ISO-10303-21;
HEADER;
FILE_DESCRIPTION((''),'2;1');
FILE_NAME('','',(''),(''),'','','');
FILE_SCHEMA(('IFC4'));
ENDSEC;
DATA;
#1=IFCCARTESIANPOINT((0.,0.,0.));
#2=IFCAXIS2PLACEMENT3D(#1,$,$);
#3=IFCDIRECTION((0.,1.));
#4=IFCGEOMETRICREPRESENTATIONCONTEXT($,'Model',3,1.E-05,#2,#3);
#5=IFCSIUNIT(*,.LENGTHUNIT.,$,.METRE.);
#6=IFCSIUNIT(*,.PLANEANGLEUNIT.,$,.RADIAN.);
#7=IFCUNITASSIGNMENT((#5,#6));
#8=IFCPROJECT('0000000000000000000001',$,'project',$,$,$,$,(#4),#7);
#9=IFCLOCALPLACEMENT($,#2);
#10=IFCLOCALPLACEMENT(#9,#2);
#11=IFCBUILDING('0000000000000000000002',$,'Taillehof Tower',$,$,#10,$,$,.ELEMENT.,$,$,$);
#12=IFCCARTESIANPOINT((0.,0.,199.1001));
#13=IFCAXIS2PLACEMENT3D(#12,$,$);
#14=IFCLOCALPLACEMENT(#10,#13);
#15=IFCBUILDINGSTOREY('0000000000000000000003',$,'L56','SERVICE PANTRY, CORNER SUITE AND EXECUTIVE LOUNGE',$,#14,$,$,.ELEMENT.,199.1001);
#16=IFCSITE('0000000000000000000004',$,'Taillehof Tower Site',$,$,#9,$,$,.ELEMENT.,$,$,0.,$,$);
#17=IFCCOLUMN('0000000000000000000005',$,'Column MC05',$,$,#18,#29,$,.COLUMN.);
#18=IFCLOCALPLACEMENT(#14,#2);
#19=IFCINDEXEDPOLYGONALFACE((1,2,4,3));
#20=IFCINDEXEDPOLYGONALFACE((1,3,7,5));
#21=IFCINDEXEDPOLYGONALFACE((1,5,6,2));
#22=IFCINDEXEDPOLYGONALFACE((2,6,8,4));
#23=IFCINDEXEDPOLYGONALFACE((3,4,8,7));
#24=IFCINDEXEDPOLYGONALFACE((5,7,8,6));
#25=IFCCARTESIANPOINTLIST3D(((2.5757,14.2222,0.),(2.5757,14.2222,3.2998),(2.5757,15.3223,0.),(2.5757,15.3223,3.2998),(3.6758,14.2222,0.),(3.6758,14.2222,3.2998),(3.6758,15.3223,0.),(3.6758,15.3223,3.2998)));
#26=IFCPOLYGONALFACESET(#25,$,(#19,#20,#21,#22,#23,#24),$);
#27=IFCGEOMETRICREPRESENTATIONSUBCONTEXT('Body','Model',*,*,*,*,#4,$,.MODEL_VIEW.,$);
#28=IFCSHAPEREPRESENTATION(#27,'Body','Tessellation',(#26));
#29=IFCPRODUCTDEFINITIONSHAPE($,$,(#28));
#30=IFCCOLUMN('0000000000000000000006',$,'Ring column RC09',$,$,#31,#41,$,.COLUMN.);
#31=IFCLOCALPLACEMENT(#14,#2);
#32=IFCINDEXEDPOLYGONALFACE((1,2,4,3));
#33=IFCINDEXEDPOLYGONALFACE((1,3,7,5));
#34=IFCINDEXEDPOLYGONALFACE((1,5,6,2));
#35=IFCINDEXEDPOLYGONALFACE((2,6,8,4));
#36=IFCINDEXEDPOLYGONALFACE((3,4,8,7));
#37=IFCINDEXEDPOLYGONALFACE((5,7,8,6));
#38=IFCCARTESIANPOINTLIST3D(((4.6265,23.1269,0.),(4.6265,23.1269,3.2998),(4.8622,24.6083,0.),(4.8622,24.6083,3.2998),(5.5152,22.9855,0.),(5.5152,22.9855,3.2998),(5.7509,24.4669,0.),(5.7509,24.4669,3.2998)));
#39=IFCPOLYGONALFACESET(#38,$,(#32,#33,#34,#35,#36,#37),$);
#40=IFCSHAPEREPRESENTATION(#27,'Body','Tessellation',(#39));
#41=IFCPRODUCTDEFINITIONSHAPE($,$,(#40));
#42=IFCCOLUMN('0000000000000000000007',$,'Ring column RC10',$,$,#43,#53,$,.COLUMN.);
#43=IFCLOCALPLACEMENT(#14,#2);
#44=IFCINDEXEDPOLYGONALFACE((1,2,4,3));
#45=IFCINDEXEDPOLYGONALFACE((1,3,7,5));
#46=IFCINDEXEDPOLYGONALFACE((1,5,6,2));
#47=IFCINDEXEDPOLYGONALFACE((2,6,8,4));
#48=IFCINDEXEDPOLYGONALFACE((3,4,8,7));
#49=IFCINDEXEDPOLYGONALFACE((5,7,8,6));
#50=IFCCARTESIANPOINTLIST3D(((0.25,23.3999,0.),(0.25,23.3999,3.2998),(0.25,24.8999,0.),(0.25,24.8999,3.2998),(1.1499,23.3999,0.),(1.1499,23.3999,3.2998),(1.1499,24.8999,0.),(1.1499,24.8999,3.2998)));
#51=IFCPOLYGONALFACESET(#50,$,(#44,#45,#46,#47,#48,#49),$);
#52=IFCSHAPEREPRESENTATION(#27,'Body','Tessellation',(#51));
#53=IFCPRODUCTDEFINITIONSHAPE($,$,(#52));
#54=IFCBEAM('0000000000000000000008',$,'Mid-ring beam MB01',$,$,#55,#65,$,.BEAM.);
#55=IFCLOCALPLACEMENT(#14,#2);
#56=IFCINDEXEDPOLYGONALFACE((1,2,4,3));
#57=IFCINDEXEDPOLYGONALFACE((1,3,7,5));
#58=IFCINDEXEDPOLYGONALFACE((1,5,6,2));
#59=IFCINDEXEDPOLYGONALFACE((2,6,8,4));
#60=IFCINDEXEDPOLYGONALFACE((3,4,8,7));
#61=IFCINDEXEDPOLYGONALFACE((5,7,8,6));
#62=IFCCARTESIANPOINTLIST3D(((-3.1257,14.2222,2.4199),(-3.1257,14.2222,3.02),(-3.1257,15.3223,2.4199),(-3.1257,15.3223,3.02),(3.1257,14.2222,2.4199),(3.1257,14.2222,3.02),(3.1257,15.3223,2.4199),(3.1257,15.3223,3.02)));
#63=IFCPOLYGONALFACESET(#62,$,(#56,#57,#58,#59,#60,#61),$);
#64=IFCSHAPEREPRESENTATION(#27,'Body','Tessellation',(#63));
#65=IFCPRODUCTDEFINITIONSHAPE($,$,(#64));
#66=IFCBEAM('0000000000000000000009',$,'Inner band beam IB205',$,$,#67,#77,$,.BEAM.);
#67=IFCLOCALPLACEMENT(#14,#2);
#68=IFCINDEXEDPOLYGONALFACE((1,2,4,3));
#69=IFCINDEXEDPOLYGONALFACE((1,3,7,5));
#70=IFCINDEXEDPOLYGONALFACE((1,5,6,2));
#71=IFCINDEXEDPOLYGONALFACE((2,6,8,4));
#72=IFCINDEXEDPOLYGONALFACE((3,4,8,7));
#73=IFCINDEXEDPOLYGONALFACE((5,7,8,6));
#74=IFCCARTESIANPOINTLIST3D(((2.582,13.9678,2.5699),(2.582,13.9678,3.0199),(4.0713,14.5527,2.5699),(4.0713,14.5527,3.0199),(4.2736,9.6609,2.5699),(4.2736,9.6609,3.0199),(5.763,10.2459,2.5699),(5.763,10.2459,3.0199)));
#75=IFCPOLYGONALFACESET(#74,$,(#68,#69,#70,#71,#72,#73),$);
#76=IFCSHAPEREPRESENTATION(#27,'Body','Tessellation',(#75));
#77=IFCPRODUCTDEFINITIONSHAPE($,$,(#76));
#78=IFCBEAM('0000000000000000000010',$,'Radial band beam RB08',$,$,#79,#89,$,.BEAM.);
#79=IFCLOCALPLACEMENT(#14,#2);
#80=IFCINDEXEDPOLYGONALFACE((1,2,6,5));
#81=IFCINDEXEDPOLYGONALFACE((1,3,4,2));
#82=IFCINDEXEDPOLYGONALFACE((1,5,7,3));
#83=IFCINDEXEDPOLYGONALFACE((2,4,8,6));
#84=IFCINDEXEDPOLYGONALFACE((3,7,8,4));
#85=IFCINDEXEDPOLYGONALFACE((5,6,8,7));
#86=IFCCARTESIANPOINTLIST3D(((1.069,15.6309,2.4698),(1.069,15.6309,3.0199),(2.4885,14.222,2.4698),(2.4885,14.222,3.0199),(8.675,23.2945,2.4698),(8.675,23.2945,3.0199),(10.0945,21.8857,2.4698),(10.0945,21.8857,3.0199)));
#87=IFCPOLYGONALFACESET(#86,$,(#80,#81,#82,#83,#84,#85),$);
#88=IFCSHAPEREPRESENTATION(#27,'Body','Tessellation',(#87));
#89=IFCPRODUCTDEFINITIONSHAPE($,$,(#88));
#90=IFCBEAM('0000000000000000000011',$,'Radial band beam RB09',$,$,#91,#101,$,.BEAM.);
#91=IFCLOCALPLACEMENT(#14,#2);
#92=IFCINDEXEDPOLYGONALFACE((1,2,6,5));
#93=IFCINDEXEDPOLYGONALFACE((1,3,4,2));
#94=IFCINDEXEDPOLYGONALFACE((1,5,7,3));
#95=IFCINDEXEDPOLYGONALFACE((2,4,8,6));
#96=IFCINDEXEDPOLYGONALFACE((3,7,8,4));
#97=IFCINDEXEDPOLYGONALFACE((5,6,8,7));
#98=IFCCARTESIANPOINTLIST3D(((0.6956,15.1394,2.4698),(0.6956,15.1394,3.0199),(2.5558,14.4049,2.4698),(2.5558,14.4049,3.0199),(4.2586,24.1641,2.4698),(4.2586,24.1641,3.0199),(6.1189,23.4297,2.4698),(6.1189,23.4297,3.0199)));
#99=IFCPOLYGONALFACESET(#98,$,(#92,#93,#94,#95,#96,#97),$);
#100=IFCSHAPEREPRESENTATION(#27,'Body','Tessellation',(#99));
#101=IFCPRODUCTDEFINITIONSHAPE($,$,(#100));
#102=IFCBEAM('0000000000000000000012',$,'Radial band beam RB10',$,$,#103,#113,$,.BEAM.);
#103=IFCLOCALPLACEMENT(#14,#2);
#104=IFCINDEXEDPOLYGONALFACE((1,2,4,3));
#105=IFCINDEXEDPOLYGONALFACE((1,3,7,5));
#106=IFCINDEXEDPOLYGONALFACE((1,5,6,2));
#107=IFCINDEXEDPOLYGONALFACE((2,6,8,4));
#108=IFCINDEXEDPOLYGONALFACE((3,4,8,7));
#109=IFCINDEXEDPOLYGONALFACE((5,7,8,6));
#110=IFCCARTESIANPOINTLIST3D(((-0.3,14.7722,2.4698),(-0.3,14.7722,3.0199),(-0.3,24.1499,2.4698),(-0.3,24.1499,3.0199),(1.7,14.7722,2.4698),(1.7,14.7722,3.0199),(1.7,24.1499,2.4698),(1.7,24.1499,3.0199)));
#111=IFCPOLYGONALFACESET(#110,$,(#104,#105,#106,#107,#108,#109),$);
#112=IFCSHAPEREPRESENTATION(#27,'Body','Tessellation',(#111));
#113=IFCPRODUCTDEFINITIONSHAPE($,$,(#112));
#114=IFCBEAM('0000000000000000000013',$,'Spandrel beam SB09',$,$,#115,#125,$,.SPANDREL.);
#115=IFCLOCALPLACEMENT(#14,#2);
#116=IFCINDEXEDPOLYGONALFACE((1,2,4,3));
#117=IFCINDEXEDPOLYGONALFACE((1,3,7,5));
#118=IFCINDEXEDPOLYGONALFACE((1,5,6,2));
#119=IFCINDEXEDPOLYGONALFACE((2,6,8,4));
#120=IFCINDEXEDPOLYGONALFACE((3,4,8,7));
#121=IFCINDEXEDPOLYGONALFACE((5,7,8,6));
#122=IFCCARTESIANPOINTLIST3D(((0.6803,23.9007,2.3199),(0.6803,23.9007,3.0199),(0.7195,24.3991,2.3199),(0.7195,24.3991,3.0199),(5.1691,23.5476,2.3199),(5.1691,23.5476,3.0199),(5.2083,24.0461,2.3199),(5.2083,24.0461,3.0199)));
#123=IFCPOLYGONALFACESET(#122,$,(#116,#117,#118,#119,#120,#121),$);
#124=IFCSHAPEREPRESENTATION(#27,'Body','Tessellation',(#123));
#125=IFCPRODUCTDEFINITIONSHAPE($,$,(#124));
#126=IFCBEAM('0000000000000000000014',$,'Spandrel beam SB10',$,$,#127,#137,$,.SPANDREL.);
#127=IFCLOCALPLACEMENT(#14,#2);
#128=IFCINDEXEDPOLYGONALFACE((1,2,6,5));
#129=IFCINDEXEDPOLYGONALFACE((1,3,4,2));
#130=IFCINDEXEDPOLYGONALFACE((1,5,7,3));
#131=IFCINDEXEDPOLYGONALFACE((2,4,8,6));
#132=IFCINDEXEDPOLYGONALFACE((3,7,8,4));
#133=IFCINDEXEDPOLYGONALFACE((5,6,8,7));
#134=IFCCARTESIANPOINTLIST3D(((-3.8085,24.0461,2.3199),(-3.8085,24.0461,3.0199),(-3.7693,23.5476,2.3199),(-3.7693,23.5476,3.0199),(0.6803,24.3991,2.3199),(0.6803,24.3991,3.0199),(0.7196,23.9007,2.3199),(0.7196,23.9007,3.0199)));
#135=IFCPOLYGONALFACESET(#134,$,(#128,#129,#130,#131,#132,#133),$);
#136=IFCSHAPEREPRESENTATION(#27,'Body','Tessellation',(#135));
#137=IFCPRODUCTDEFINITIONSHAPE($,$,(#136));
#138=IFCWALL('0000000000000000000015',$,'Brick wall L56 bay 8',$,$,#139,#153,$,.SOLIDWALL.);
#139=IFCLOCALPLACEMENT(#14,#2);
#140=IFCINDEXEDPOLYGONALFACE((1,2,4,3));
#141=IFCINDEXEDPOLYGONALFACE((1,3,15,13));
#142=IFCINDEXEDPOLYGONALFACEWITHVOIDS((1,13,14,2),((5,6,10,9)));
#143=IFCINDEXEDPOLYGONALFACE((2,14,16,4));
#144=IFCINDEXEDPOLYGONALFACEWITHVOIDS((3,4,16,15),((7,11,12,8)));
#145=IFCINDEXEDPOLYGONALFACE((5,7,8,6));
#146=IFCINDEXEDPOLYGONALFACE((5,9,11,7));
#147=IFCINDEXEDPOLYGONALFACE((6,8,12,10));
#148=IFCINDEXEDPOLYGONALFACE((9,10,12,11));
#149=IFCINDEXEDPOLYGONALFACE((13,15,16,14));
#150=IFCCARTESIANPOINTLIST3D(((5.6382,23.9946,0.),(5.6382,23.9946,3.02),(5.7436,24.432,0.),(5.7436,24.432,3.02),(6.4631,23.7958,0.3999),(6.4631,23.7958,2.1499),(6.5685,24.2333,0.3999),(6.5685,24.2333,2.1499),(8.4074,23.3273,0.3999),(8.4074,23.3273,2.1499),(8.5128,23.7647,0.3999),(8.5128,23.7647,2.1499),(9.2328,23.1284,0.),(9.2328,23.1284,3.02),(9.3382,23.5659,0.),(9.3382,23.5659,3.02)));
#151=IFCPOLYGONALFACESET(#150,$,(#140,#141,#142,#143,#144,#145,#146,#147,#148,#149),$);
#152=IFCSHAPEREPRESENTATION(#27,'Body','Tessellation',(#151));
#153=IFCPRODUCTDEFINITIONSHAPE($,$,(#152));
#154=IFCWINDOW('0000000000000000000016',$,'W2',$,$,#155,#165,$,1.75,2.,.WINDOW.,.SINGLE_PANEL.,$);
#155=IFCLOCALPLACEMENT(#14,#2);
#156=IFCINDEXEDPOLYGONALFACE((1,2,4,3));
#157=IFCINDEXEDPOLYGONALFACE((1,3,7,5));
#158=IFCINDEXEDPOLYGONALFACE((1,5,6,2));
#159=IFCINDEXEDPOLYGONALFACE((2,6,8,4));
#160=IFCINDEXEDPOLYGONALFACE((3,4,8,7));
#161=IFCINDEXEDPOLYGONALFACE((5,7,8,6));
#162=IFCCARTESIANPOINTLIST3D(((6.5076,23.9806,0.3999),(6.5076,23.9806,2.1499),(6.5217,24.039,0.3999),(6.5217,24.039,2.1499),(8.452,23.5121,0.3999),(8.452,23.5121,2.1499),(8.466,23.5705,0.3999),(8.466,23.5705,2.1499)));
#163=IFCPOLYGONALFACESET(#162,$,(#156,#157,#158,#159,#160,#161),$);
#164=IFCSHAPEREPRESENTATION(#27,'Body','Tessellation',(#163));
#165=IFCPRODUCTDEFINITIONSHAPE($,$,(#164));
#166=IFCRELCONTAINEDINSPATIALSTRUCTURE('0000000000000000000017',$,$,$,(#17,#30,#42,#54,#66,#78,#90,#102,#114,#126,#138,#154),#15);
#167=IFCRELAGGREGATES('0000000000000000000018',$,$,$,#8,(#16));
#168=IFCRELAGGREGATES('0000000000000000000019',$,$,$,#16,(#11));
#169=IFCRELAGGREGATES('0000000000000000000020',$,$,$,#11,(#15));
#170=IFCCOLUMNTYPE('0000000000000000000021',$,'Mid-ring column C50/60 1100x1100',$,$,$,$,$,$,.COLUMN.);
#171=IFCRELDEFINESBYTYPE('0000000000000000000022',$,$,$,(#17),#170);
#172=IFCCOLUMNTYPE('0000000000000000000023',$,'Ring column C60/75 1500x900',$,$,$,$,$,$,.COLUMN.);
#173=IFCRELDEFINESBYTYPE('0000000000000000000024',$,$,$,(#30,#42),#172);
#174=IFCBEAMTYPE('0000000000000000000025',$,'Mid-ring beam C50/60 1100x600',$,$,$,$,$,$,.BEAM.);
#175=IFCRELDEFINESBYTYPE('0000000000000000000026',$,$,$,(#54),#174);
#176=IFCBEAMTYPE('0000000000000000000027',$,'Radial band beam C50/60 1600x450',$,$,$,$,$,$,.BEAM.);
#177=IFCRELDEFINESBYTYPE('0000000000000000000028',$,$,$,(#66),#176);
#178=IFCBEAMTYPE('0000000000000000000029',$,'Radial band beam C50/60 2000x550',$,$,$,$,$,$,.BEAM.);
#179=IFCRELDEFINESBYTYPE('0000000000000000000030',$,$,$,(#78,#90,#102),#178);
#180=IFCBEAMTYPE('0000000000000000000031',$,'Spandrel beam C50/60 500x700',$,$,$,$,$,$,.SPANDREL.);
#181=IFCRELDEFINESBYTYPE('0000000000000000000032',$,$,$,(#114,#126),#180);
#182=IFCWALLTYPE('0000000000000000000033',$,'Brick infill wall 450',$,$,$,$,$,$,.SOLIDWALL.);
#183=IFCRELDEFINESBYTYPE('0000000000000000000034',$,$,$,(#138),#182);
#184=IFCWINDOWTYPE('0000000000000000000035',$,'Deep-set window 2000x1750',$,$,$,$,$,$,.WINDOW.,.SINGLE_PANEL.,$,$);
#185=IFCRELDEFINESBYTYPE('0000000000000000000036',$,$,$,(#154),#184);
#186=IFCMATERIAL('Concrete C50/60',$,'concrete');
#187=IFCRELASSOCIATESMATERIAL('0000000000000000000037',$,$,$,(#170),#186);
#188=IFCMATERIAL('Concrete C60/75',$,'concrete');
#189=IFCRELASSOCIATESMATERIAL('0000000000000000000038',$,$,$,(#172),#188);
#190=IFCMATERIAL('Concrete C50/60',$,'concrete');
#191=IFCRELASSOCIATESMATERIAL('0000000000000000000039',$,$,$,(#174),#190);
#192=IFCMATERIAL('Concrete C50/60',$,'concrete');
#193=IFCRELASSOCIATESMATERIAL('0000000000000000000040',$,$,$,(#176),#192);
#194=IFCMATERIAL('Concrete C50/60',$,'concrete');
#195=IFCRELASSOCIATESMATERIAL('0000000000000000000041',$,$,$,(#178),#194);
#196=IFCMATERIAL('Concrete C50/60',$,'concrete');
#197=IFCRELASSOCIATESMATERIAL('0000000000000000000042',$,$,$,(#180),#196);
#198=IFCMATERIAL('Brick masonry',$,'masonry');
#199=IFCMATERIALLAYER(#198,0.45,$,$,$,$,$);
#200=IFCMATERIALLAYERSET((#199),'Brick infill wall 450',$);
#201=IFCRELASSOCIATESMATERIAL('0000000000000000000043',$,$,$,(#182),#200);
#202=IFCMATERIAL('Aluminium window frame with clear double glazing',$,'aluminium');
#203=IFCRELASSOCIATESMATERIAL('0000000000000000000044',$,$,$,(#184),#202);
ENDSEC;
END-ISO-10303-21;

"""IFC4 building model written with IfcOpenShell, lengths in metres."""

from ifc_helpers import new_model, si_unit, direction, frame, frame_2d, origin, origin_2d, place, context, subcontext, project, spatial, rectangle, extrude, material, layer, layer_set, material_profile, profile_set, type_object, element, fill, save


model = new_model("IFC4")

# Units and contexts
model_context = context("Model", 3, precision=1e-05, world=origin(), true_north=direction((0.0, 1.0)))
body_context = subcontext(model_context, "Body", "Model", "MODEL_VIEW")
ifc_project = project(units=[si_unit("LENGTHUNIT", "METRE"), si_unit("PLANEANGLEUNIT", "RADIAN")], contexts=[model_context])

# Site, building, storey
site_placement = place(None, origin())
site = spatial("IfcSite", under=ifc_project, at=site_placement, Name="Taillehof Tower Site", CompositionType="ELEMENT", RefElevation=0.0)
building_placement = place(site_placement, origin())
building = spatial("IfcBuilding", under=site, at=building_placement, Name="Taillehof Tower", CompositionType="ELEMENT")
storey_placement = place(building_placement, frame((0.0, 0.0, 199.1001)))
storey = spatial("IfcBuildingStorey", under=building, at=storey_placement, Name="L56", Description="SERVICE PANTRY, CORNER SUITE AND EXECUTIVE LOUNGE", CompositionType="ELEMENT", Elevation=199.1001)

# Columns
ifc_material_1 = material(Name="Concrete C50/60", Category="concrete")
ifc_material_profile_1 = material_profile(ifc_material_1, rectangle(XDim=1.1001, YDim=1.1001, at=origin_2d()), Name="RC 1100x1100")
ifc_profile_set_1 = profile_set([ifc_material_profile_1], Name="Concrete C50/60")
column_type_1 = type_object("IfcColumnType", Name="Mid-ring column C50/60 1100x1100", PredefinedType="COLUMN", material=ifc_profile_set_1)
column_placement = place(storey_placement, frame((3.1257, 14.7722, 0.0), z_axis=(0.0, 0.0, 1.0), x_axis=(1.0, 0.0, 0.0)))
element("IfcColumn", 1, at=column_placement, inside=storey, type_object=column_type_1, Name="Column MC05", PredefinedType="COLUMN", context=body_context, shape_type="SweptSolid", body=[
    extrude(rectangle(XDim=1.1001, YDim=1.1001, at=origin_2d()), origin(), (0.0, 0.0, 1.0), 3.2998),
])
ifc_material_2 = material(Name="Concrete C60/75", Category="concrete")
ifc_material_profile_2 = material_profile(ifc_material_2, rectangle(XDim=1.5, YDim=0.8999, at=origin_2d()), Name="RC 1500x900")
ifc_profile_set_2 = profile_set([ifc_material_profile_2], Name="Concrete C60/75")
column_type_2 = type_object("IfcColumnType", Name="Ring column C60/75 1500x900", PredefinedType="COLUMN", material=ifc_profile_set_2)
for number, where, z_axis, x_axis, name in (
    (2, (5.1887, 23.7969, 0.0), (0.0, 0.0, 1.0), (0.157116, 0.98758, 0.0), "Ring column RC09"),
    (3, (0.7, 24.1499, 0.0), (0.0, 0.0, 1.0), (0.0, 1.0, 0.0), "Ring column RC10"),
):
    element("IfcColumn", number, at=place(storey_placement, frame(where, z_axis=z_axis, x_axis=x_axis)), inside=storey, type_object=column_type_2, Name=name, PredefinedType="COLUMN", context=body_context, shape_type="SweptSolid", body=[
        extrude(rectangle(XDim=1.5, YDim=0.8999, at=origin_2d()), origin(), (0.0, 0.0, 1.0), 3.2998),
    ])

# Beams
ifc_material_3 = material(Name="Concrete C50/60", Category="concrete")
ifc_material_profile_3 = material_profile(ifc_material_3, rectangle(XDim=1.1001, YDim=0.6001, at=origin_2d()), Name="RC 1100x600")
ifc_profile_set_3 = profile_set([ifc_material_profile_3], Name="Concrete C50/60")
beam_type_1 = type_object("IfcBeamType", Name="Mid-ring beam C50/60 1100x600", PredefinedType="BEAM", material=ifc_profile_set_3)
beam_1_placement = place(storey_placement, frame((3.1257, 14.7722, 2.72), z_axis=(-1.0, 0.0, 0.0), x_axis=(0.0, -1.0, 0.0)))
element("IfcBeam", 4, at=beam_1_placement, inside=storey, type_object=beam_type_1, Name="Mid-ring beam MB01", PredefinedType="BEAM", context=body_context, shape_type="SweptSolid", body=[
    extrude(rectangle(XDim=1.1001, YDim=0.6001, at=origin_2d()), origin(), (0.0, 0.0, 1.0), 6.2515),
])
ifc_material_4 = material(Name="Concrete C50/60", Category="concrete")
ifc_material_profile_4 = material_profile(ifc_material_4, rectangle(XDim=1.6001, YDim=0.45, at=origin_2d()), Name="RC 1600x450")
ifc_profile_set_4 = profile_set([ifc_material_profile_4], Name="Concrete C50/60")
beam_type_2 = type_object("IfcBeamType", Name="Radial band beam C50/60 1600x450", PredefinedType="BEAM", material=ifc_profile_set_4)
beam_2_placement = place(storey_placement, frame((3.3267, 14.2603, 2.7949), z_axis=(0.365589, -0.930777, 0.0), x_axis=(0.930777, 0.365589, 0.0)))
element("IfcBeam", 5, at=beam_2_placement, inside=storey, type_object=beam_type_2, Name="Inner band beam IB205", PredefinedType="BEAM", context=body_context, shape_type="SweptSolid", body=[
    extrude(rectangle(XDim=1.6001, YDim=0.45, at=origin_2d()), origin(), (0.0, 0.0, 1.0), 4.6272),
])
ifc_material_5 = material(Name="Concrete C50/60", Category="concrete")
ifc_material_profile_5 = material_profile(ifc_material_5, rectangle(XDim=2.0, YDim=0.55, at=origin_2d()), Name="RC 2000x550")
ifc_profile_set_5 = profile_set([ifc_material_profile_5], Name="Concrete C50/60")
beam_type_3 = type_object("IfcBeamType", Name="Radial band beam C50/60 2000x550", PredefinedType="BEAM", material=ifc_profile_set_5)
beam_3_placement = place(storey_placement, frame((9.3848, 22.5901, 2.7449), z_axis=(-0.704434, -0.70977, 0.0), x_axis=(0.70977, -0.704434, 0.0)))
element("IfcBeam", 6, at=beam_3_placement, inside=storey, type_object=beam_type_3, Name="Radial band beam RB08", PredefinedType="BEAM", context=body_context, shape_type="SweptSolid", body=[
    extrude(rectangle(XDim=2.0, YDim=0.55, at=origin_2d()), origin(), (0.0, 0.0, 1.0), 10.7974),
])
beam_4_placement = place(storey_placement, frame((5.1887, 23.7969, 2.7449), z_axis=(-0.367222, -0.930133, 0.0), x_axis=(0.930133, -0.367222, 0.0)))
element("IfcBeam", 7, at=beam_4_placement, inside=storey, type_object=beam_type_3, Name="Radial band beam RB09", PredefinedType="BEAM", context=body_context, shape_type="SweptSolid", body=[
    extrude(rectangle(XDim=2.0, YDim=0.55, at=origin_2d()), origin(), (0.0, 0.0, 1.0), 9.7026),
])
beam_5_placement = place(storey_placement, frame((0.7, 24.1499, 2.7449), z_axis=(0.0, -1.0, 0.0), x_axis=(1.0, 0.0, 0.0)))
element("IfcBeam", 8, at=beam_5_placement, inside=storey, type_object=beam_type_3, Name="Radial band beam RB10", PredefinedType="BEAM", context=body_context, shape_type="SweptSolid", body=[
    extrude(rectangle(XDim=2.0, YDim=0.55, at=origin_2d()), origin(), (0.0, 0.0, 1.0), 9.3777),
])
ifc_material_6 = material(Name="Concrete C50/60", Category="concrete")
ifc_material_profile_6 = material_profile(ifc_material_6, rectangle(XDim=0.5, YDim=0.7, at=origin_2d()), Name="RC 500x700")
ifc_profile_set_6 = profile_set([ifc_material_profile_6], Name="Concrete C50/60")
beam_type_4 = type_object("IfcBeamType", Name="Spandrel beam C50/60 500x700", PredefinedType="SPANDREL", material=ifc_profile_set_6)
for number, where, z_axis, x_axis, name in (
    (9, (5.1887, 23.7969, 2.6699), (-0.996922, 0.078405, 0.0), (-0.078405, -0.996922, 0.0), "Spandrel beam SB09"),
    (10, (0.7, 24.1499, 2.6699), (-0.996922, -0.078405, 0.0), (0.078405, -0.996922, 0.0), "Spandrel beam SB10"),
):
    element("IfcBeam", number, at=place(storey_placement, frame(where, z_axis=z_axis, x_axis=x_axis)), inside=storey, type_object=beam_type_4, Name=name, PredefinedType="SPANDREL", context=body_context, shape_type="SweptSolid", body=[
        extrude(rectangle(XDim=0.5, YDim=0.7, at=origin_2d()), origin(), (0.0, 0.0, 1.0), 4.5027),
    ])

# Wall, opening, window
ifc_material_7 = material(Name="Brick masonry", Category="masonry")
ifc_layer_1 = layer(ifc_material_7, 0.45)
ifc_layer_set_1 = layer_set([ifc_layer_1], Name="Brick infill wall 450")
wall_type_1 = type_object("IfcWallType", Name="Brick infill wall 450", PredefinedType="SOLIDWALL", material=ifc_layer_set_1)
wall_1_placement = place(storey_placement, frame((9.2854, 23.3472, 0.0), z_axis=(0.0, 0.0, 1.0), x_axis=(-0.972174, 0.234262, 0.0)))
wall_1 = element("IfcWall", 11, at=wall_1_placement, inside=storey, type_object=wall_type_1, Name="Brick wall L56 bay 8", PredefinedType="SOLIDWALL", context=body_context, shape_type="SweptSolid", body=[
    extrude(rectangle(XDim=3.6975, YDim=0.45, at=frame_2d((1.8486, 0.0))), origin(), (0.0, 0.0, 1.0), 3.02),
])
opening_1_placement = place(wall_1_placement, frame((0.8489, 0.0, 0.3999)))
opening_1 = element("IfcOpeningElement", 12, at=opening_1_placement, cuts=wall_1, PredefinedType="OPENING", context=body_context, shape_type="SweptSolid", body=[
    extrude(rectangle(XDim=2.0, YDim=1.75, at=frame_2d((1.0, 0.875))), frame((0.0, 0.2349, 0.0), z_axis=(0.0, -1.0, 0.0), x_axis=(1.0, 0.0, 0.0)), (0.0, 0.0, 1.0), 0.47),
])
ifc_material_8 = material(Name="Aluminium window frame with clear double glazing", Category="aluminium")
window_type = type_object("IfcWindowType", Name="Deep-set window 2000x1750", PartitioningType="SINGLE_PANEL", PredefinedType="WINDOW", material=ifc_material_8)
window_1_placement = place(opening_1_placement, origin())
window_1 = element("IfcWindow", 13, at=window_1_placement, inside=storey, type_object=window_type, Name="W2", OverallHeight=1.75, OverallWidth=2.0, PartitioningType="SINGLE_PANEL", PredefinedType="WINDOW", context=body_context, shape_type="SweptSolid", body=[
    extrude(rectangle(XDim=2.0, YDim=1.75, at=frame_2d((1.0, 0.875))), frame((0.0, 0.0349, 0.0), z_axis=(0.0, -1.0, 0.0), x_axis=(1.0, 0.0, 0.0)), (0.0, 0.0, 1.0), 0.0601),
])
fill(opening_1, window_1)

save(model, "model.ifc")
